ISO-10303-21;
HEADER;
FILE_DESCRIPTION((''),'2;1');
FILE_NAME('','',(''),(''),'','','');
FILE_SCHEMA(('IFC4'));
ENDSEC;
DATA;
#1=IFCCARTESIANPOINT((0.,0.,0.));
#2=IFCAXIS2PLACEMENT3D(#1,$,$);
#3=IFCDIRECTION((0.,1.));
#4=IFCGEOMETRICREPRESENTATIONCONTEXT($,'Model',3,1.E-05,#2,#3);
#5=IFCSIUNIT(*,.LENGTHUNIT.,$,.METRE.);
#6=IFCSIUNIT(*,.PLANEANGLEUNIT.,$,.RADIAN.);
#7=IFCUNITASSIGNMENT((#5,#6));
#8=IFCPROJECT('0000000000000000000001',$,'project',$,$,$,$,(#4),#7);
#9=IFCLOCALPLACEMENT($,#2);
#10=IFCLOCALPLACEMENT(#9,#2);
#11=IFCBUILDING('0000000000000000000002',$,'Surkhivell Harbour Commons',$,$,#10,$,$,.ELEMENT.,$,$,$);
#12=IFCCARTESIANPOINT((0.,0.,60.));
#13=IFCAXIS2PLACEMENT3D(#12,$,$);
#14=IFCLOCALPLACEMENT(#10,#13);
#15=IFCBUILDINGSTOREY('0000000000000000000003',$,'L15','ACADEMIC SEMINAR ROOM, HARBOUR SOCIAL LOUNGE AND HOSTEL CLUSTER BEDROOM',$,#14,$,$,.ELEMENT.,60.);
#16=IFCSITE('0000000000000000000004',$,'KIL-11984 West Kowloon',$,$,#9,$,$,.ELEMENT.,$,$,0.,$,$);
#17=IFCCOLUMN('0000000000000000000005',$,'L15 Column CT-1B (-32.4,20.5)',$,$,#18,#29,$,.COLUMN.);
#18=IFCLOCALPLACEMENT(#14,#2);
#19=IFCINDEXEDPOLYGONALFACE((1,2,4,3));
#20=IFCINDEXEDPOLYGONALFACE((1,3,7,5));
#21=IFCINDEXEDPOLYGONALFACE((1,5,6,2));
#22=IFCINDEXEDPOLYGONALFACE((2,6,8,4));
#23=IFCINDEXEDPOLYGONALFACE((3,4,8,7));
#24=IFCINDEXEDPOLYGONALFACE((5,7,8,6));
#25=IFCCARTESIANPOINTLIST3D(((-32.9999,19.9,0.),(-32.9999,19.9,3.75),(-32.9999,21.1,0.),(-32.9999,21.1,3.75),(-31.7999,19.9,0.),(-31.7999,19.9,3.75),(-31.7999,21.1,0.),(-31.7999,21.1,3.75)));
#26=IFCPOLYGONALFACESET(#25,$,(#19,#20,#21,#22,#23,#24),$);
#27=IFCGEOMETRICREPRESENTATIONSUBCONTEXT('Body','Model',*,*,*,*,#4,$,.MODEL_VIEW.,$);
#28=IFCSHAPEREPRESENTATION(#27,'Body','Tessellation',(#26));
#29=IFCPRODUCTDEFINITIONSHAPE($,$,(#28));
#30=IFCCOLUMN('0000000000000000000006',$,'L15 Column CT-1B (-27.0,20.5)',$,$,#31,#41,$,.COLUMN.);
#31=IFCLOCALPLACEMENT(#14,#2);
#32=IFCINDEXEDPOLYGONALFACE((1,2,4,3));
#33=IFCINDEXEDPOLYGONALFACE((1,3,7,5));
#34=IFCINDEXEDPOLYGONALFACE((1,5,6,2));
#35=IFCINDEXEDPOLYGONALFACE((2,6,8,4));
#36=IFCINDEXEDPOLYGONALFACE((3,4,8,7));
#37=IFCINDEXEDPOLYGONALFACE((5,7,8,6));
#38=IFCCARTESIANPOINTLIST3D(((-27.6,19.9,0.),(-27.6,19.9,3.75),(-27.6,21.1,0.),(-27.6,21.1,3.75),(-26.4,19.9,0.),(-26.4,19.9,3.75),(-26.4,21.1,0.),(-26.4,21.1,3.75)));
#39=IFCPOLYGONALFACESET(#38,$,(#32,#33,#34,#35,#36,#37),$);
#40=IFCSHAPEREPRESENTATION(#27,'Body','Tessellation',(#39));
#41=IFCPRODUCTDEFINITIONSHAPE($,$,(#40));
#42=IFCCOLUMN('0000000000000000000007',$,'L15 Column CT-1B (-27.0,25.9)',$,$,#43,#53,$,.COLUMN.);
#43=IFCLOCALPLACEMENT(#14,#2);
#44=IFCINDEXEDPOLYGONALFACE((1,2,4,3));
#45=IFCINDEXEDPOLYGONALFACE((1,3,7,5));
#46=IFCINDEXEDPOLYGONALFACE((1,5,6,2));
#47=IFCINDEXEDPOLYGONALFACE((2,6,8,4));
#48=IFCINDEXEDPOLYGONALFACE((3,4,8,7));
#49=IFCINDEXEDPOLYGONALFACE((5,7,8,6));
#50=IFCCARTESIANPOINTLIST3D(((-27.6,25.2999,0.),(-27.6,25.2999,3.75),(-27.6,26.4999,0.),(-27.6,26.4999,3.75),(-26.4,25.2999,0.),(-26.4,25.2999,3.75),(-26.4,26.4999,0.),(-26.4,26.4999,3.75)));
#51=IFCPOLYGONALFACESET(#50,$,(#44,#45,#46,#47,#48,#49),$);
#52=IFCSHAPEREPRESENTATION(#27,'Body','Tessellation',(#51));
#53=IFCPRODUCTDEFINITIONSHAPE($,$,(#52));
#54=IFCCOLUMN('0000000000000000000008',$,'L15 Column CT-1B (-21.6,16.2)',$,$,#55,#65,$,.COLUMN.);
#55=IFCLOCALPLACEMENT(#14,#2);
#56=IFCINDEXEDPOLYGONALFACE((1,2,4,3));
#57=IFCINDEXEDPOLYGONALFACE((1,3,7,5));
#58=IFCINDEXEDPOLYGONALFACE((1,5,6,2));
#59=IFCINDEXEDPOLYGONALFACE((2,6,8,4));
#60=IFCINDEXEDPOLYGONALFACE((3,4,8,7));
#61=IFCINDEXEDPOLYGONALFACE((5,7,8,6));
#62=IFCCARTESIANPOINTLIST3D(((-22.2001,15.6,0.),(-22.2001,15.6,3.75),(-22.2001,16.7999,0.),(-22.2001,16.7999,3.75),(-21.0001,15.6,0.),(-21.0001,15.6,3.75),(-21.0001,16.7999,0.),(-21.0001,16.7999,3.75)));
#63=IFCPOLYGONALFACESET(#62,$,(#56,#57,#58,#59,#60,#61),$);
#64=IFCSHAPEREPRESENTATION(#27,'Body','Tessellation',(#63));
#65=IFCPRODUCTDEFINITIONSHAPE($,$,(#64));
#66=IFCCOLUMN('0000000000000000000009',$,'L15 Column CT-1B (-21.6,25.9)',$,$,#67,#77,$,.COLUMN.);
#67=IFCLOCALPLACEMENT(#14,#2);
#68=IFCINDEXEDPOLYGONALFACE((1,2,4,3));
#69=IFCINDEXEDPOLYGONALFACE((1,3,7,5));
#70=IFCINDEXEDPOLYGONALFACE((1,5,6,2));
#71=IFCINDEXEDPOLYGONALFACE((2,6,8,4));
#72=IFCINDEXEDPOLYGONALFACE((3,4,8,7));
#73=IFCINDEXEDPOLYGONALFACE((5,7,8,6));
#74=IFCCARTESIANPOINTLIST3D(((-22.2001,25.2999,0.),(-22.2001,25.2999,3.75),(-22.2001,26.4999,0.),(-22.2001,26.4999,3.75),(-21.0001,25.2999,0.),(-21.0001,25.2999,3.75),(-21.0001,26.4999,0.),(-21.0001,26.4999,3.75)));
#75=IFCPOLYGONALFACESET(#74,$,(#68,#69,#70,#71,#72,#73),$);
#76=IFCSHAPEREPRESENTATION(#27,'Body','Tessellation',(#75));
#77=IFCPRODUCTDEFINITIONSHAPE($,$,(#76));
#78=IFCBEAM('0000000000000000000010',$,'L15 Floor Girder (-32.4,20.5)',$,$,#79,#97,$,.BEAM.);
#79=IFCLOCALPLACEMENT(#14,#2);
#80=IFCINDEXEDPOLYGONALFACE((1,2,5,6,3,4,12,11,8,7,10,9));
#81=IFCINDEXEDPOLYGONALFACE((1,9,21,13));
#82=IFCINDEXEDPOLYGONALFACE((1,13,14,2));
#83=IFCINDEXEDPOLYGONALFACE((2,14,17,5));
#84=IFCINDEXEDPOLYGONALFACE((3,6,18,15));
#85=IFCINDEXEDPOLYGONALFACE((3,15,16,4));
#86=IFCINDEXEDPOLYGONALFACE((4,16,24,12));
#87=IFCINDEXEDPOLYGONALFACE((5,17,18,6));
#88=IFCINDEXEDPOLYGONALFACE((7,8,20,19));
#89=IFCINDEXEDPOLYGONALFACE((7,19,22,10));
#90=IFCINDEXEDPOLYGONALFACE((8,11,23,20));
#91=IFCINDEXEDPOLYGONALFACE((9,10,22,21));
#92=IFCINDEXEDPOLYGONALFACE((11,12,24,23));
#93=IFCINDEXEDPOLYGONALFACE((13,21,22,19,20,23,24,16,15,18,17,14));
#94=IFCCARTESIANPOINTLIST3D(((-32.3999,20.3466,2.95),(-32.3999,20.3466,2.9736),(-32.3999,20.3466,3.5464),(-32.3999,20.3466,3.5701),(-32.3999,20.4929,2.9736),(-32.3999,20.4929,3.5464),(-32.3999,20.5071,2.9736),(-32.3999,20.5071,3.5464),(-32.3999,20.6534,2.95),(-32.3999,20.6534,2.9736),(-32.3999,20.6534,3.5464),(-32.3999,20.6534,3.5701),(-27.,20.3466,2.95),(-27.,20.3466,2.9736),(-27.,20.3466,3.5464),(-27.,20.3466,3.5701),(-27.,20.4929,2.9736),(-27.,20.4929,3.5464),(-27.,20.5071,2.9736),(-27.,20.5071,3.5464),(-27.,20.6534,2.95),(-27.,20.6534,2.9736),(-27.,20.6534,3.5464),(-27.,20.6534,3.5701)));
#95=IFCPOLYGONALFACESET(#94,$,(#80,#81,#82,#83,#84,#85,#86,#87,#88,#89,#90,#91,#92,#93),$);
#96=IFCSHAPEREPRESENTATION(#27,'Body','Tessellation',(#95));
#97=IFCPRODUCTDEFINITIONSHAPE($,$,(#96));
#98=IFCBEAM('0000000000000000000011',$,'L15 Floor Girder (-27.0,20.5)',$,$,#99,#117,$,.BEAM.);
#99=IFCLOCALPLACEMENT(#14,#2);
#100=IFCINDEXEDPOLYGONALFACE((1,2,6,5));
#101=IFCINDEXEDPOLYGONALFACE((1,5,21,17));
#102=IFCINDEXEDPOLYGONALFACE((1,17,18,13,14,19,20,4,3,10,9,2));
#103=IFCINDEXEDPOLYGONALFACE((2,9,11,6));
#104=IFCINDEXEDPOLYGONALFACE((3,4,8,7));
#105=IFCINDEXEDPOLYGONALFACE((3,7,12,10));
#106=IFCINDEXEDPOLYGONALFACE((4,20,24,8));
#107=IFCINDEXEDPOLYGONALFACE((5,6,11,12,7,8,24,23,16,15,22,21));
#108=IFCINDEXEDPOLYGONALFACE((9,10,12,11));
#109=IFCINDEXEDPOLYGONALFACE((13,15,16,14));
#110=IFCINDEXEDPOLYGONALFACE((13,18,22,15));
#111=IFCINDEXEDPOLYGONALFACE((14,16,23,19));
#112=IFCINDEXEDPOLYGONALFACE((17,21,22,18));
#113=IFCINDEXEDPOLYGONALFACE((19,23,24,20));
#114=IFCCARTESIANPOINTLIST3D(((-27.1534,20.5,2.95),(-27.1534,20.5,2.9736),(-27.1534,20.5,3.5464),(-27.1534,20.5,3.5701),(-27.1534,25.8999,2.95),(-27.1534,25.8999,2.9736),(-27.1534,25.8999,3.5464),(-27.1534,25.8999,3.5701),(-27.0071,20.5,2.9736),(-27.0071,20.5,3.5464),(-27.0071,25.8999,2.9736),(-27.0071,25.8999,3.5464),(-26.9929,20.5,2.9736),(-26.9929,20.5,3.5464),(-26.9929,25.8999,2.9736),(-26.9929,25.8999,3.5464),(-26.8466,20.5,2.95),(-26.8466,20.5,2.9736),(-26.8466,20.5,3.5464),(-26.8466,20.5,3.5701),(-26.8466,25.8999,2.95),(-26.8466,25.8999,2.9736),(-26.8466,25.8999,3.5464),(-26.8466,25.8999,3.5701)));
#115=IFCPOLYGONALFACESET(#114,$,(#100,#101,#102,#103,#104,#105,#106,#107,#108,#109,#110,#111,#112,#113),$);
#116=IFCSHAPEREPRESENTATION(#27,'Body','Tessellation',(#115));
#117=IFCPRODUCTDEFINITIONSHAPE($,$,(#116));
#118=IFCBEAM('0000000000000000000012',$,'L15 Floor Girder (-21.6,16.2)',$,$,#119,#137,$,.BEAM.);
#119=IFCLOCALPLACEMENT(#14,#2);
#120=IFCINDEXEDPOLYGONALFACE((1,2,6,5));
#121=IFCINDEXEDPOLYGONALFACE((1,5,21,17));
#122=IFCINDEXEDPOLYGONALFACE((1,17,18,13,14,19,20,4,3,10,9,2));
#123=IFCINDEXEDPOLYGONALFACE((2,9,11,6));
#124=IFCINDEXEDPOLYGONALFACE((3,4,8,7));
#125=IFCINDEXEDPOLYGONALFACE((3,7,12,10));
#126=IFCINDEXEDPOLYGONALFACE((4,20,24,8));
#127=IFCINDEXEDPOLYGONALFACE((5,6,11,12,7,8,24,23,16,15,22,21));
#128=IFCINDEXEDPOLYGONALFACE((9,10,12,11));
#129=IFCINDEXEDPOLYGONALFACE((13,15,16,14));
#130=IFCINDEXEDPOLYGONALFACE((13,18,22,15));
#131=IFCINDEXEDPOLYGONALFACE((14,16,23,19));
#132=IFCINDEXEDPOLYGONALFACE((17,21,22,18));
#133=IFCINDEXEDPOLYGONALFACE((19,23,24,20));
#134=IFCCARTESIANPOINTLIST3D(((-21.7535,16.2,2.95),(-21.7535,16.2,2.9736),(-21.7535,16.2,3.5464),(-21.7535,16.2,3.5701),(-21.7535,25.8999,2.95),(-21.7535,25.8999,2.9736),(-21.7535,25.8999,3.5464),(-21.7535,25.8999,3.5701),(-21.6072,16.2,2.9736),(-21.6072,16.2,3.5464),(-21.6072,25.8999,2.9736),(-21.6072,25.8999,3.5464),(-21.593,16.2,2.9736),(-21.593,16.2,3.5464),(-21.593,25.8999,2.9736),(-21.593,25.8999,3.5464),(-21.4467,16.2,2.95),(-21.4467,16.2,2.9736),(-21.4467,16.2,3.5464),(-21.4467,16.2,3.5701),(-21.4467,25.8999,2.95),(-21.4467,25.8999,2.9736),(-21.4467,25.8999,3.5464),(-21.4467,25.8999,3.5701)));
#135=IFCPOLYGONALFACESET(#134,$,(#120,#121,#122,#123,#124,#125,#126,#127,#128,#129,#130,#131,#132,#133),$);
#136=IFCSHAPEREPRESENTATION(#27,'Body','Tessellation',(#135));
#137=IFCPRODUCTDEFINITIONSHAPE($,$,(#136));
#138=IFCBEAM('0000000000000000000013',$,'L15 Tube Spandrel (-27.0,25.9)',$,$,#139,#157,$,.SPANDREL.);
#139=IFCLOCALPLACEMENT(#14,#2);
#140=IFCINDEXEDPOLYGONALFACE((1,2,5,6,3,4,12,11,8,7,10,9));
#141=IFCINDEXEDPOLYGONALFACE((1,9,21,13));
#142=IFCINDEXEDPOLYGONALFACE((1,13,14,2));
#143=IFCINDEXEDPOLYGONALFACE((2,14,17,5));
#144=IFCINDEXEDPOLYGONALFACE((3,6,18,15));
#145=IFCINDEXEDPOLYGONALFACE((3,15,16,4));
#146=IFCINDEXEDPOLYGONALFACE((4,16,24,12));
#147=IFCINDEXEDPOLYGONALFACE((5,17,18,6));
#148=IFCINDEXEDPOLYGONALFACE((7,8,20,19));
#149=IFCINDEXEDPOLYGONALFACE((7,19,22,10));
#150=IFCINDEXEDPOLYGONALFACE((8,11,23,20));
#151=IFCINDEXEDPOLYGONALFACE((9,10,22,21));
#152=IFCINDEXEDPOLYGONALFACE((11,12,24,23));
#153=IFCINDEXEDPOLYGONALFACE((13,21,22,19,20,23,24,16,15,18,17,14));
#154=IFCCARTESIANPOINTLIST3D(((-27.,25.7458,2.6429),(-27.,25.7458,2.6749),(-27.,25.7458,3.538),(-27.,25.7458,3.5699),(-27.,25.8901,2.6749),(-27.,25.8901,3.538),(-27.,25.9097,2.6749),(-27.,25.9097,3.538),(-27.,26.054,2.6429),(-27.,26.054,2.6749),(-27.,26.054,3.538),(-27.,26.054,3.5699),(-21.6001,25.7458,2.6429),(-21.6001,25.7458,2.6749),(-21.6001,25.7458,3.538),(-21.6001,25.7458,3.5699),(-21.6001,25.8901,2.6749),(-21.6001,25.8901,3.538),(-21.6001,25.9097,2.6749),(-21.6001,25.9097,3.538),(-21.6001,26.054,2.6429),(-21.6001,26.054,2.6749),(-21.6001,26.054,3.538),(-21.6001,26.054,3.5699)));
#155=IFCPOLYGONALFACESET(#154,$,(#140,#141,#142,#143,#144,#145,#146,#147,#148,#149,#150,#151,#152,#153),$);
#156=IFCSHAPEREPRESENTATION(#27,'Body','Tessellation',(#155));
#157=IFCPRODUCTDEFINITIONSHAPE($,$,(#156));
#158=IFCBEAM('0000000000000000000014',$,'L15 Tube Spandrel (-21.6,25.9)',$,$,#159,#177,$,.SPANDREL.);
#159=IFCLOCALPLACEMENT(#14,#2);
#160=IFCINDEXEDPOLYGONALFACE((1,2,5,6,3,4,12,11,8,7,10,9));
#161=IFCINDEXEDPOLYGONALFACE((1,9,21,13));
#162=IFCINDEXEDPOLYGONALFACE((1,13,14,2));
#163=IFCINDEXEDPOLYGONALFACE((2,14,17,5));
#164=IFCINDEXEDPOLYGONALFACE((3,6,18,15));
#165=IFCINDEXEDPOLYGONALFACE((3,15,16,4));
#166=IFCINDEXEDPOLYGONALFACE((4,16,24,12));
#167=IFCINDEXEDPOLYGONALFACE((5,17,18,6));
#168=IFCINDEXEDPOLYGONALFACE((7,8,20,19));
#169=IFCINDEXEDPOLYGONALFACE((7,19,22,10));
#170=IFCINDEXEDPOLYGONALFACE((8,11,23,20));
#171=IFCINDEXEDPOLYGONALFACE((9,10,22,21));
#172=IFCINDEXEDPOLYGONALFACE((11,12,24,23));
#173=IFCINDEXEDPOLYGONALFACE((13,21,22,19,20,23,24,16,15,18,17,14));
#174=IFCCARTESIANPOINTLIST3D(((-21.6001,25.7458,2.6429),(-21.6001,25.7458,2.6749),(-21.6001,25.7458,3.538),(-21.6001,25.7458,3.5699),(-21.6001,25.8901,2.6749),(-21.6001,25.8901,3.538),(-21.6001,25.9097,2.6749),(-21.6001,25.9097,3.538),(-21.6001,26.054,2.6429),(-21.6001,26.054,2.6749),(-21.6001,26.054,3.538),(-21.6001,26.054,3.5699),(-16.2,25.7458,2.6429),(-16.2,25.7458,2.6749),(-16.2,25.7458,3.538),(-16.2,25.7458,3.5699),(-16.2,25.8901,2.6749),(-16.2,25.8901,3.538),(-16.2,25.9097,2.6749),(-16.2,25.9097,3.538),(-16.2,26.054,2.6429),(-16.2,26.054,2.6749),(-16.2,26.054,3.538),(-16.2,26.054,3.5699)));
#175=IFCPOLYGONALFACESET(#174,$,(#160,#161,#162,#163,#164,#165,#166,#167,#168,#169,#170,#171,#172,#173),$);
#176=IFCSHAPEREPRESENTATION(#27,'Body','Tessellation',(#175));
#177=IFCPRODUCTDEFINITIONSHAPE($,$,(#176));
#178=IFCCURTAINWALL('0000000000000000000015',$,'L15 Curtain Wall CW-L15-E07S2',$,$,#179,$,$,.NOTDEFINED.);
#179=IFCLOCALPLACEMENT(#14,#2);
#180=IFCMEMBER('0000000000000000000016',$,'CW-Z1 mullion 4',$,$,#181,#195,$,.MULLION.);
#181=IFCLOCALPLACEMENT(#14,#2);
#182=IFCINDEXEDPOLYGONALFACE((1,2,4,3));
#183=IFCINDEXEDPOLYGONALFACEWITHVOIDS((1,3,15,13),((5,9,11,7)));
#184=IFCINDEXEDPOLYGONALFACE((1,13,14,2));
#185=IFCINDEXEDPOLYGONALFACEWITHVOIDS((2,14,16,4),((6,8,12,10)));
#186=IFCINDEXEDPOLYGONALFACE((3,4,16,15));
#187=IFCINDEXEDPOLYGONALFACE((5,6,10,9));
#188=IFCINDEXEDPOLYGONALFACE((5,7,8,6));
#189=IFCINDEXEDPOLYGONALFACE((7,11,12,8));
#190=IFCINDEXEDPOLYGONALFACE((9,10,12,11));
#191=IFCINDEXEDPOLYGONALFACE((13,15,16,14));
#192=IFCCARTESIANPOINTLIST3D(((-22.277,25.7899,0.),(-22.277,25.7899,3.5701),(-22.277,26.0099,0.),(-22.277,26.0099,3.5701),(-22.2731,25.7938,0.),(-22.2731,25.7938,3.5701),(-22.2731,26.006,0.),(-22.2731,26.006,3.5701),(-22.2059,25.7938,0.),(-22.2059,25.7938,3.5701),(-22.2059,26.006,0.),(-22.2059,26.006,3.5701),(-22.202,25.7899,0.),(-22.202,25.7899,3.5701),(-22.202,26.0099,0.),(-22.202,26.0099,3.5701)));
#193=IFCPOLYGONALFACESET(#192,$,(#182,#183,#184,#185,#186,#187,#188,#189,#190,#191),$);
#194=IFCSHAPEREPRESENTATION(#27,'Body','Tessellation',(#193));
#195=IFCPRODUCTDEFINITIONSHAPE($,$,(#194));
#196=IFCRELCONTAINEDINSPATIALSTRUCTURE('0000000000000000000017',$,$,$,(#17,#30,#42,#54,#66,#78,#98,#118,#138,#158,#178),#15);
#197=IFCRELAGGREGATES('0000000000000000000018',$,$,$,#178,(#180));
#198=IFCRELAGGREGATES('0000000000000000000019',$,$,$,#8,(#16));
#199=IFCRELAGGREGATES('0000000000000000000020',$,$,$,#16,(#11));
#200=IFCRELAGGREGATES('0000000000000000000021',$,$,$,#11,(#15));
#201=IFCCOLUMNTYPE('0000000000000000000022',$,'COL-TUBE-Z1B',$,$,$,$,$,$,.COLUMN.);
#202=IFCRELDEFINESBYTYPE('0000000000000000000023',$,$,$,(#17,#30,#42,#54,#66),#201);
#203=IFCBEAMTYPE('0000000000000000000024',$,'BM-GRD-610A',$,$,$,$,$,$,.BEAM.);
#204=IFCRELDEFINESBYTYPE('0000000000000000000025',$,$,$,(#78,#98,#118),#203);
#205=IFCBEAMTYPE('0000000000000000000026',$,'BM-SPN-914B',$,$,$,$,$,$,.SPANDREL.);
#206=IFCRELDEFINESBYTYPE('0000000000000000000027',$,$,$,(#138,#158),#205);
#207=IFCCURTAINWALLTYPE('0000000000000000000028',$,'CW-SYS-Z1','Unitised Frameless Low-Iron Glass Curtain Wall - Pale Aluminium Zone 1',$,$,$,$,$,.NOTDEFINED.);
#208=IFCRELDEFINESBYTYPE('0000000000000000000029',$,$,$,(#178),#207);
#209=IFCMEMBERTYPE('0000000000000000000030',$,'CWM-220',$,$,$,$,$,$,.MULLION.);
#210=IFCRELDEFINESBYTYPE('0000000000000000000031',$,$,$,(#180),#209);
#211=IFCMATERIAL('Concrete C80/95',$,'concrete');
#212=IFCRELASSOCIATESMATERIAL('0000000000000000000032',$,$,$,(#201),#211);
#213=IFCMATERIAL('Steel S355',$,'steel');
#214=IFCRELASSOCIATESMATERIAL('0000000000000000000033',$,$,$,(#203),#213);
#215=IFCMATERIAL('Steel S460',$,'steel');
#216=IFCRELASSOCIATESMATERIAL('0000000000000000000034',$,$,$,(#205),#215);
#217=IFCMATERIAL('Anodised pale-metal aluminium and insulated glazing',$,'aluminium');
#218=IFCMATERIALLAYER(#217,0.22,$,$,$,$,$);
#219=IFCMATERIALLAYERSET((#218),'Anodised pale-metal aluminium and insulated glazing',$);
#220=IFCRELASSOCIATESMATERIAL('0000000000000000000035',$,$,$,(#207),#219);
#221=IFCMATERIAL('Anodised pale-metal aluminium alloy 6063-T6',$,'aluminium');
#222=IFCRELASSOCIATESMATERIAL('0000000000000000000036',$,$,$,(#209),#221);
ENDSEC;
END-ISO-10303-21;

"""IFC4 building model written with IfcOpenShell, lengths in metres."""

from ifc_helpers import new_model, si_unit, direction, frame, origin, origin_2d, place, context, subcontext, project, spatial, rectangle, hollow_rectangle, i_section, extrude, material, layer, layer_set, material_profile, profile_set, type_object, element, aggregate, save


model = new_model("IFC4")

# Units and contexts
model_context = context("Model", 3, precision=1e-05, world=origin(), true_north=direction((0.0, 1.0)))
body_context = subcontext(model_context, "Body", "Model", "MODEL_VIEW")
ifc_project = project(units=[si_unit("LENGTHUNIT", "METRE"), si_unit("PLANEANGLEUNIT", "RADIAN")], contexts=[model_context])

# Site, building, storey
site_placement = place(None, origin())
site = spatial("IfcSite", under=ifc_project, at=site_placement, Name="KIL-11984 West Kowloon", CompositionType="ELEMENT", RefElevation=0.0)
building_placement = place(site_placement, origin())
building = spatial("IfcBuilding", under=site, at=building_placement, Name="Surkhivell Harbour Commons", CompositionType="ELEMENT")
storey_placement = place(building_placement, frame((0.0, 0.0, 60.0)))
storey = spatial("IfcBuildingStorey", under=building, at=storey_placement, Name="L15", Description="ACADEMIC SEMINAR ROOM, HARBOUR SOCIAL LOUNGE AND HOSTEL CLUSTER BEDROOM", CompositionType="ELEMENT", Elevation=60.0)

# Columns
ifc_material_1 = material(Name="Concrete C80/95", Category="concrete")
ifc_material_profile_1 = material_profile(ifc_material_1, rectangle(XDim=1.2, YDim=1.2, at=origin_2d()), Name="RC-COL-1200x1200")
ifc_profile_set_1 = profile_set([ifc_material_profile_1], Name="Concrete C80/95")
column_type = type_object("IfcColumnType", Name="COL-TUBE-Z1B", PredefinedType="COLUMN", material=ifc_profile_set_1)
for number, where, z_axis, x_axis, name in (
    (1, (-32.3999, 20.5, 0.0), (0.0, 0.0, 1.0), (1.0, 0.0, 0.0), "L15 Column CT-1B (-32.4,20.5)"),
    (2, (-27.0, 20.5, 0.0), (0.0, 0.0, 1.0), (1.0, 0.0, 0.0), "L15 Column CT-1B (-27.0,20.5)"),
    (3, (-27.0, 25.8999, 0.0), (0.0, 0.0, 1.0), (1.0, 0.0, 0.0), "L15 Column CT-1B (-27.0,25.9)"),
    (4, (-21.6001, 16.2, 0.0), (0.0, 0.0, 1.0), (1.0, 0.0, 0.0), "L15 Column CT-1B (-21.6,16.2)"),
    (5, (-21.6001, 25.8999, 0.0), (0.0, 0.0, 1.0), (1.0, 0.0, 0.0), "L15 Column CT-1B (-21.6,25.9)"),
):
    element("IfcColumn", number, at=place(storey_placement, frame(where, z_axis=z_axis, x_axis=x_axis)), inside=storey, type_object=column_type, Name=name, PredefinedType="COLUMN", context=body_context, shape_type="SweptSolid", body=[
        extrude(rectangle(XDim=1.2, YDim=1.2, at=origin_2d()), origin(), (0.0, 0.0, 1.0), 3.75),
    ])

# Beams
ifc_material_2 = material(Name="Steel S355", Category="steel")
ifc_material_profile_2 = material_profile(ifc_material_2, i_section(OverallWidth=0.3069, OverallDepth=0.6201, WebThickness=0.0142, FlangeThickness=0.0237, at=origin_2d()), Name="UB610x305x179")
ifc_profile_set_2 = profile_set([ifc_material_profile_2], Name="Steel S355")
beam_type_1 = type_object("IfcBeamType", Name="BM-GRD-610A", PredefinedType="BEAM", material=ifc_profile_set_2)
for number, where, z_axis, x_axis, name in (
    (6, (-32.3999, 20.5, 3.26), (1.0, 0.0, 0.0), (0.0, 1.0, 0.0), "L15 Floor Girder (-32.4,20.5)"),
    (7, (-27.0, 20.5, 3.26), (0.0, 1.0, 0.0), (-1.0, 0.0, 0.0), "L15 Floor Girder (-27.0,20.5)"),
):
    element("IfcBeam", number, at=place(storey_placement, frame(where, z_axis=z_axis, x_axis=x_axis)), inside=storey, type_object=beam_type_1, Name=name, PredefinedType="BEAM", context=body_context, shape_type="SweptSolid", body=[
        extrude(i_section(OverallWidth=0.3069, OverallDepth=0.6201, WebThickness=0.0142, FlangeThickness=0.0237, at=origin_2d()), origin(), (0.0, 0.0, 1.0), 5.3999),
    ])
beam_1_placement = place(storey_placement, frame((-21.6001, 16.2, 3.26), z_axis=(0.0, 1.0, 0.0), x_axis=(-1.0, 0.0, 0.0)))
element("IfcBeam", 8, at=beam_1_placement, inside=storey, type_object=beam_type_1, Name="L15 Floor Girder (-21.6,16.2)", PredefinedType="BEAM", context=body_context, shape_type="SweptSolid", body=[
    extrude(i_section(OverallWidth=0.3069, OverallDepth=0.6201, WebThickness=0.0142, FlangeThickness=0.0237, at=origin_2d()), origin(), (0.0, 0.0, 1.0), 9.7),
])
ifc_material_3 = material(Name="Steel S460", Category="steel")
ifc_material_profile_3 = material_profile(ifc_material_3, i_section(OverallWidth=0.3081, OverallDepth=0.927, WebThickness=0.0195, FlangeThickness=0.032, at=origin_2d()), Name="UB914x305x289")
ifc_profile_set_3 = profile_set([ifc_material_profile_3], Name="Steel S460")
beam_type_2 = type_object("IfcBeamType", Name="BM-SPN-914B", PredefinedType="SPANDREL", material=ifc_profile_set_3)
beam_2_placement = place(storey_placement, frame((-27.0, 25.8999, 3.1064), z_axis=(1.0, 0.0, 0.0), x_axis=(0.0, 1.0, 0.0)))
element("IfcBeam", 9, at=beam_2_placement, inside=storey, type_object=beam_type_2, Name="L15 Tube Spandrel (-27.0,25.9)", PredefinedType="SPANDREL", context=body_context, shape_type="SweptSolid", body=[
    extrude(i_section(OverallWidth=0.3081, OverallDepth=0.927, WebThickness=0.0195, FlangeThickness=0.032, at=origin_2d()), origin(), (0.0, 0.0, 1.0), 5.3999),
])
beam_3_placement = place(storey_placement, frame((-21.6001, 25.8999, 3.1064), z_axis=(1.0, 0.0, 0.0), x_axis=(0.0, 1.0, 0.0)))
element("IfcBeam", 10, at=beam_3_placement, inside=storey, type_object=beam_type_2, Name="L15 Tube Spandrel (-21.6,25.9)", PredefinedType="SPANDREL", context=body_context, shape_type="SweptSolid", body=[
    extrude(i_section(OverallWidth=0.3081, OverallDepth=0.927, WebThickness=0.0195, FlangeThickness=0.032, at=origin_2d()), origin(), (0.0, 0.0, 1.0), 5.4001),
])

# Curtain wall, member
ifc_material_4 = material(Name="Anodised pale-metal aluminium and insulated glazing", Category="aluminium")
ifc_layer_1 = layer(ifc_material_4, 0.22)
ifc_layer_set_1 = layer_set([ifc_layer_1], Name="Anodised pale-metal aluminium and insulated glazing")
curtain_wall_type = type_object("IfcCurtainWallType", Name="CW-SYS-Z1", Description="Unitised Frameless Low-Iron Glass Curtain Wall - Pale Aluminium Zone 1", PredefinedType="NOTDEFINED", material=ifc_layer_set_1)
curtain_wall_1_placement = place(storey_placement, origin())
curtain_wall_1 = element("IfcCurtainWall", 11, at=curtain_wall_1_placement, inside=storey, type_object=curtain_wall_type, Name="L15 Curtain Wall CW-L15-E07S2", PredefinedType="NOTDEFINED")
ifc_material_5 = material(Name="Anodised pale-metal aluminium alloy 6063-T6", Category="aluminium")
ifc_material_profile_4 = material_profile(ifc_material_5, hollow_rectangle(XDim=0.075, YDim=0.22, WallThickness=0.0039, at=origin_2d()), Name="ALU-MULL-75x220")
ifc_profile_set_4 = profile_set([ifc_material_profile_4], Name="Anodised pale-metal aluminium alloy 6063-T6")
member_type_1 = type_object("IfcMemberType", Name="CWM-220", PredefinedType="MULLION", material=ifc_profile_set_4)
member_1_placement = place(storey_placement, frame((-22.2395, 25.8999, 0.0), z_axis=(0.0, 0.0, 1.0), x_axis=(-1.0, 0.0, 0.0)))
member_1 = element("IfcMember", 12, at=member_1_placement, type_object=member_type_1, Name="CW-Z1 mullion 4", PredefinedType="MULLION", context=body_context, shape_type="SweptSolid", body=[
    extrude(hollow_rectangle(XDim=0.075, YDim=0.22, WallThickness=0.0039, at=origin_2d()), origin(), (0.0, 0.0, 1.0), 3.5701),
])

aggregate(curtain_wall_1, [member_1])

save(model, "model.ifc")
